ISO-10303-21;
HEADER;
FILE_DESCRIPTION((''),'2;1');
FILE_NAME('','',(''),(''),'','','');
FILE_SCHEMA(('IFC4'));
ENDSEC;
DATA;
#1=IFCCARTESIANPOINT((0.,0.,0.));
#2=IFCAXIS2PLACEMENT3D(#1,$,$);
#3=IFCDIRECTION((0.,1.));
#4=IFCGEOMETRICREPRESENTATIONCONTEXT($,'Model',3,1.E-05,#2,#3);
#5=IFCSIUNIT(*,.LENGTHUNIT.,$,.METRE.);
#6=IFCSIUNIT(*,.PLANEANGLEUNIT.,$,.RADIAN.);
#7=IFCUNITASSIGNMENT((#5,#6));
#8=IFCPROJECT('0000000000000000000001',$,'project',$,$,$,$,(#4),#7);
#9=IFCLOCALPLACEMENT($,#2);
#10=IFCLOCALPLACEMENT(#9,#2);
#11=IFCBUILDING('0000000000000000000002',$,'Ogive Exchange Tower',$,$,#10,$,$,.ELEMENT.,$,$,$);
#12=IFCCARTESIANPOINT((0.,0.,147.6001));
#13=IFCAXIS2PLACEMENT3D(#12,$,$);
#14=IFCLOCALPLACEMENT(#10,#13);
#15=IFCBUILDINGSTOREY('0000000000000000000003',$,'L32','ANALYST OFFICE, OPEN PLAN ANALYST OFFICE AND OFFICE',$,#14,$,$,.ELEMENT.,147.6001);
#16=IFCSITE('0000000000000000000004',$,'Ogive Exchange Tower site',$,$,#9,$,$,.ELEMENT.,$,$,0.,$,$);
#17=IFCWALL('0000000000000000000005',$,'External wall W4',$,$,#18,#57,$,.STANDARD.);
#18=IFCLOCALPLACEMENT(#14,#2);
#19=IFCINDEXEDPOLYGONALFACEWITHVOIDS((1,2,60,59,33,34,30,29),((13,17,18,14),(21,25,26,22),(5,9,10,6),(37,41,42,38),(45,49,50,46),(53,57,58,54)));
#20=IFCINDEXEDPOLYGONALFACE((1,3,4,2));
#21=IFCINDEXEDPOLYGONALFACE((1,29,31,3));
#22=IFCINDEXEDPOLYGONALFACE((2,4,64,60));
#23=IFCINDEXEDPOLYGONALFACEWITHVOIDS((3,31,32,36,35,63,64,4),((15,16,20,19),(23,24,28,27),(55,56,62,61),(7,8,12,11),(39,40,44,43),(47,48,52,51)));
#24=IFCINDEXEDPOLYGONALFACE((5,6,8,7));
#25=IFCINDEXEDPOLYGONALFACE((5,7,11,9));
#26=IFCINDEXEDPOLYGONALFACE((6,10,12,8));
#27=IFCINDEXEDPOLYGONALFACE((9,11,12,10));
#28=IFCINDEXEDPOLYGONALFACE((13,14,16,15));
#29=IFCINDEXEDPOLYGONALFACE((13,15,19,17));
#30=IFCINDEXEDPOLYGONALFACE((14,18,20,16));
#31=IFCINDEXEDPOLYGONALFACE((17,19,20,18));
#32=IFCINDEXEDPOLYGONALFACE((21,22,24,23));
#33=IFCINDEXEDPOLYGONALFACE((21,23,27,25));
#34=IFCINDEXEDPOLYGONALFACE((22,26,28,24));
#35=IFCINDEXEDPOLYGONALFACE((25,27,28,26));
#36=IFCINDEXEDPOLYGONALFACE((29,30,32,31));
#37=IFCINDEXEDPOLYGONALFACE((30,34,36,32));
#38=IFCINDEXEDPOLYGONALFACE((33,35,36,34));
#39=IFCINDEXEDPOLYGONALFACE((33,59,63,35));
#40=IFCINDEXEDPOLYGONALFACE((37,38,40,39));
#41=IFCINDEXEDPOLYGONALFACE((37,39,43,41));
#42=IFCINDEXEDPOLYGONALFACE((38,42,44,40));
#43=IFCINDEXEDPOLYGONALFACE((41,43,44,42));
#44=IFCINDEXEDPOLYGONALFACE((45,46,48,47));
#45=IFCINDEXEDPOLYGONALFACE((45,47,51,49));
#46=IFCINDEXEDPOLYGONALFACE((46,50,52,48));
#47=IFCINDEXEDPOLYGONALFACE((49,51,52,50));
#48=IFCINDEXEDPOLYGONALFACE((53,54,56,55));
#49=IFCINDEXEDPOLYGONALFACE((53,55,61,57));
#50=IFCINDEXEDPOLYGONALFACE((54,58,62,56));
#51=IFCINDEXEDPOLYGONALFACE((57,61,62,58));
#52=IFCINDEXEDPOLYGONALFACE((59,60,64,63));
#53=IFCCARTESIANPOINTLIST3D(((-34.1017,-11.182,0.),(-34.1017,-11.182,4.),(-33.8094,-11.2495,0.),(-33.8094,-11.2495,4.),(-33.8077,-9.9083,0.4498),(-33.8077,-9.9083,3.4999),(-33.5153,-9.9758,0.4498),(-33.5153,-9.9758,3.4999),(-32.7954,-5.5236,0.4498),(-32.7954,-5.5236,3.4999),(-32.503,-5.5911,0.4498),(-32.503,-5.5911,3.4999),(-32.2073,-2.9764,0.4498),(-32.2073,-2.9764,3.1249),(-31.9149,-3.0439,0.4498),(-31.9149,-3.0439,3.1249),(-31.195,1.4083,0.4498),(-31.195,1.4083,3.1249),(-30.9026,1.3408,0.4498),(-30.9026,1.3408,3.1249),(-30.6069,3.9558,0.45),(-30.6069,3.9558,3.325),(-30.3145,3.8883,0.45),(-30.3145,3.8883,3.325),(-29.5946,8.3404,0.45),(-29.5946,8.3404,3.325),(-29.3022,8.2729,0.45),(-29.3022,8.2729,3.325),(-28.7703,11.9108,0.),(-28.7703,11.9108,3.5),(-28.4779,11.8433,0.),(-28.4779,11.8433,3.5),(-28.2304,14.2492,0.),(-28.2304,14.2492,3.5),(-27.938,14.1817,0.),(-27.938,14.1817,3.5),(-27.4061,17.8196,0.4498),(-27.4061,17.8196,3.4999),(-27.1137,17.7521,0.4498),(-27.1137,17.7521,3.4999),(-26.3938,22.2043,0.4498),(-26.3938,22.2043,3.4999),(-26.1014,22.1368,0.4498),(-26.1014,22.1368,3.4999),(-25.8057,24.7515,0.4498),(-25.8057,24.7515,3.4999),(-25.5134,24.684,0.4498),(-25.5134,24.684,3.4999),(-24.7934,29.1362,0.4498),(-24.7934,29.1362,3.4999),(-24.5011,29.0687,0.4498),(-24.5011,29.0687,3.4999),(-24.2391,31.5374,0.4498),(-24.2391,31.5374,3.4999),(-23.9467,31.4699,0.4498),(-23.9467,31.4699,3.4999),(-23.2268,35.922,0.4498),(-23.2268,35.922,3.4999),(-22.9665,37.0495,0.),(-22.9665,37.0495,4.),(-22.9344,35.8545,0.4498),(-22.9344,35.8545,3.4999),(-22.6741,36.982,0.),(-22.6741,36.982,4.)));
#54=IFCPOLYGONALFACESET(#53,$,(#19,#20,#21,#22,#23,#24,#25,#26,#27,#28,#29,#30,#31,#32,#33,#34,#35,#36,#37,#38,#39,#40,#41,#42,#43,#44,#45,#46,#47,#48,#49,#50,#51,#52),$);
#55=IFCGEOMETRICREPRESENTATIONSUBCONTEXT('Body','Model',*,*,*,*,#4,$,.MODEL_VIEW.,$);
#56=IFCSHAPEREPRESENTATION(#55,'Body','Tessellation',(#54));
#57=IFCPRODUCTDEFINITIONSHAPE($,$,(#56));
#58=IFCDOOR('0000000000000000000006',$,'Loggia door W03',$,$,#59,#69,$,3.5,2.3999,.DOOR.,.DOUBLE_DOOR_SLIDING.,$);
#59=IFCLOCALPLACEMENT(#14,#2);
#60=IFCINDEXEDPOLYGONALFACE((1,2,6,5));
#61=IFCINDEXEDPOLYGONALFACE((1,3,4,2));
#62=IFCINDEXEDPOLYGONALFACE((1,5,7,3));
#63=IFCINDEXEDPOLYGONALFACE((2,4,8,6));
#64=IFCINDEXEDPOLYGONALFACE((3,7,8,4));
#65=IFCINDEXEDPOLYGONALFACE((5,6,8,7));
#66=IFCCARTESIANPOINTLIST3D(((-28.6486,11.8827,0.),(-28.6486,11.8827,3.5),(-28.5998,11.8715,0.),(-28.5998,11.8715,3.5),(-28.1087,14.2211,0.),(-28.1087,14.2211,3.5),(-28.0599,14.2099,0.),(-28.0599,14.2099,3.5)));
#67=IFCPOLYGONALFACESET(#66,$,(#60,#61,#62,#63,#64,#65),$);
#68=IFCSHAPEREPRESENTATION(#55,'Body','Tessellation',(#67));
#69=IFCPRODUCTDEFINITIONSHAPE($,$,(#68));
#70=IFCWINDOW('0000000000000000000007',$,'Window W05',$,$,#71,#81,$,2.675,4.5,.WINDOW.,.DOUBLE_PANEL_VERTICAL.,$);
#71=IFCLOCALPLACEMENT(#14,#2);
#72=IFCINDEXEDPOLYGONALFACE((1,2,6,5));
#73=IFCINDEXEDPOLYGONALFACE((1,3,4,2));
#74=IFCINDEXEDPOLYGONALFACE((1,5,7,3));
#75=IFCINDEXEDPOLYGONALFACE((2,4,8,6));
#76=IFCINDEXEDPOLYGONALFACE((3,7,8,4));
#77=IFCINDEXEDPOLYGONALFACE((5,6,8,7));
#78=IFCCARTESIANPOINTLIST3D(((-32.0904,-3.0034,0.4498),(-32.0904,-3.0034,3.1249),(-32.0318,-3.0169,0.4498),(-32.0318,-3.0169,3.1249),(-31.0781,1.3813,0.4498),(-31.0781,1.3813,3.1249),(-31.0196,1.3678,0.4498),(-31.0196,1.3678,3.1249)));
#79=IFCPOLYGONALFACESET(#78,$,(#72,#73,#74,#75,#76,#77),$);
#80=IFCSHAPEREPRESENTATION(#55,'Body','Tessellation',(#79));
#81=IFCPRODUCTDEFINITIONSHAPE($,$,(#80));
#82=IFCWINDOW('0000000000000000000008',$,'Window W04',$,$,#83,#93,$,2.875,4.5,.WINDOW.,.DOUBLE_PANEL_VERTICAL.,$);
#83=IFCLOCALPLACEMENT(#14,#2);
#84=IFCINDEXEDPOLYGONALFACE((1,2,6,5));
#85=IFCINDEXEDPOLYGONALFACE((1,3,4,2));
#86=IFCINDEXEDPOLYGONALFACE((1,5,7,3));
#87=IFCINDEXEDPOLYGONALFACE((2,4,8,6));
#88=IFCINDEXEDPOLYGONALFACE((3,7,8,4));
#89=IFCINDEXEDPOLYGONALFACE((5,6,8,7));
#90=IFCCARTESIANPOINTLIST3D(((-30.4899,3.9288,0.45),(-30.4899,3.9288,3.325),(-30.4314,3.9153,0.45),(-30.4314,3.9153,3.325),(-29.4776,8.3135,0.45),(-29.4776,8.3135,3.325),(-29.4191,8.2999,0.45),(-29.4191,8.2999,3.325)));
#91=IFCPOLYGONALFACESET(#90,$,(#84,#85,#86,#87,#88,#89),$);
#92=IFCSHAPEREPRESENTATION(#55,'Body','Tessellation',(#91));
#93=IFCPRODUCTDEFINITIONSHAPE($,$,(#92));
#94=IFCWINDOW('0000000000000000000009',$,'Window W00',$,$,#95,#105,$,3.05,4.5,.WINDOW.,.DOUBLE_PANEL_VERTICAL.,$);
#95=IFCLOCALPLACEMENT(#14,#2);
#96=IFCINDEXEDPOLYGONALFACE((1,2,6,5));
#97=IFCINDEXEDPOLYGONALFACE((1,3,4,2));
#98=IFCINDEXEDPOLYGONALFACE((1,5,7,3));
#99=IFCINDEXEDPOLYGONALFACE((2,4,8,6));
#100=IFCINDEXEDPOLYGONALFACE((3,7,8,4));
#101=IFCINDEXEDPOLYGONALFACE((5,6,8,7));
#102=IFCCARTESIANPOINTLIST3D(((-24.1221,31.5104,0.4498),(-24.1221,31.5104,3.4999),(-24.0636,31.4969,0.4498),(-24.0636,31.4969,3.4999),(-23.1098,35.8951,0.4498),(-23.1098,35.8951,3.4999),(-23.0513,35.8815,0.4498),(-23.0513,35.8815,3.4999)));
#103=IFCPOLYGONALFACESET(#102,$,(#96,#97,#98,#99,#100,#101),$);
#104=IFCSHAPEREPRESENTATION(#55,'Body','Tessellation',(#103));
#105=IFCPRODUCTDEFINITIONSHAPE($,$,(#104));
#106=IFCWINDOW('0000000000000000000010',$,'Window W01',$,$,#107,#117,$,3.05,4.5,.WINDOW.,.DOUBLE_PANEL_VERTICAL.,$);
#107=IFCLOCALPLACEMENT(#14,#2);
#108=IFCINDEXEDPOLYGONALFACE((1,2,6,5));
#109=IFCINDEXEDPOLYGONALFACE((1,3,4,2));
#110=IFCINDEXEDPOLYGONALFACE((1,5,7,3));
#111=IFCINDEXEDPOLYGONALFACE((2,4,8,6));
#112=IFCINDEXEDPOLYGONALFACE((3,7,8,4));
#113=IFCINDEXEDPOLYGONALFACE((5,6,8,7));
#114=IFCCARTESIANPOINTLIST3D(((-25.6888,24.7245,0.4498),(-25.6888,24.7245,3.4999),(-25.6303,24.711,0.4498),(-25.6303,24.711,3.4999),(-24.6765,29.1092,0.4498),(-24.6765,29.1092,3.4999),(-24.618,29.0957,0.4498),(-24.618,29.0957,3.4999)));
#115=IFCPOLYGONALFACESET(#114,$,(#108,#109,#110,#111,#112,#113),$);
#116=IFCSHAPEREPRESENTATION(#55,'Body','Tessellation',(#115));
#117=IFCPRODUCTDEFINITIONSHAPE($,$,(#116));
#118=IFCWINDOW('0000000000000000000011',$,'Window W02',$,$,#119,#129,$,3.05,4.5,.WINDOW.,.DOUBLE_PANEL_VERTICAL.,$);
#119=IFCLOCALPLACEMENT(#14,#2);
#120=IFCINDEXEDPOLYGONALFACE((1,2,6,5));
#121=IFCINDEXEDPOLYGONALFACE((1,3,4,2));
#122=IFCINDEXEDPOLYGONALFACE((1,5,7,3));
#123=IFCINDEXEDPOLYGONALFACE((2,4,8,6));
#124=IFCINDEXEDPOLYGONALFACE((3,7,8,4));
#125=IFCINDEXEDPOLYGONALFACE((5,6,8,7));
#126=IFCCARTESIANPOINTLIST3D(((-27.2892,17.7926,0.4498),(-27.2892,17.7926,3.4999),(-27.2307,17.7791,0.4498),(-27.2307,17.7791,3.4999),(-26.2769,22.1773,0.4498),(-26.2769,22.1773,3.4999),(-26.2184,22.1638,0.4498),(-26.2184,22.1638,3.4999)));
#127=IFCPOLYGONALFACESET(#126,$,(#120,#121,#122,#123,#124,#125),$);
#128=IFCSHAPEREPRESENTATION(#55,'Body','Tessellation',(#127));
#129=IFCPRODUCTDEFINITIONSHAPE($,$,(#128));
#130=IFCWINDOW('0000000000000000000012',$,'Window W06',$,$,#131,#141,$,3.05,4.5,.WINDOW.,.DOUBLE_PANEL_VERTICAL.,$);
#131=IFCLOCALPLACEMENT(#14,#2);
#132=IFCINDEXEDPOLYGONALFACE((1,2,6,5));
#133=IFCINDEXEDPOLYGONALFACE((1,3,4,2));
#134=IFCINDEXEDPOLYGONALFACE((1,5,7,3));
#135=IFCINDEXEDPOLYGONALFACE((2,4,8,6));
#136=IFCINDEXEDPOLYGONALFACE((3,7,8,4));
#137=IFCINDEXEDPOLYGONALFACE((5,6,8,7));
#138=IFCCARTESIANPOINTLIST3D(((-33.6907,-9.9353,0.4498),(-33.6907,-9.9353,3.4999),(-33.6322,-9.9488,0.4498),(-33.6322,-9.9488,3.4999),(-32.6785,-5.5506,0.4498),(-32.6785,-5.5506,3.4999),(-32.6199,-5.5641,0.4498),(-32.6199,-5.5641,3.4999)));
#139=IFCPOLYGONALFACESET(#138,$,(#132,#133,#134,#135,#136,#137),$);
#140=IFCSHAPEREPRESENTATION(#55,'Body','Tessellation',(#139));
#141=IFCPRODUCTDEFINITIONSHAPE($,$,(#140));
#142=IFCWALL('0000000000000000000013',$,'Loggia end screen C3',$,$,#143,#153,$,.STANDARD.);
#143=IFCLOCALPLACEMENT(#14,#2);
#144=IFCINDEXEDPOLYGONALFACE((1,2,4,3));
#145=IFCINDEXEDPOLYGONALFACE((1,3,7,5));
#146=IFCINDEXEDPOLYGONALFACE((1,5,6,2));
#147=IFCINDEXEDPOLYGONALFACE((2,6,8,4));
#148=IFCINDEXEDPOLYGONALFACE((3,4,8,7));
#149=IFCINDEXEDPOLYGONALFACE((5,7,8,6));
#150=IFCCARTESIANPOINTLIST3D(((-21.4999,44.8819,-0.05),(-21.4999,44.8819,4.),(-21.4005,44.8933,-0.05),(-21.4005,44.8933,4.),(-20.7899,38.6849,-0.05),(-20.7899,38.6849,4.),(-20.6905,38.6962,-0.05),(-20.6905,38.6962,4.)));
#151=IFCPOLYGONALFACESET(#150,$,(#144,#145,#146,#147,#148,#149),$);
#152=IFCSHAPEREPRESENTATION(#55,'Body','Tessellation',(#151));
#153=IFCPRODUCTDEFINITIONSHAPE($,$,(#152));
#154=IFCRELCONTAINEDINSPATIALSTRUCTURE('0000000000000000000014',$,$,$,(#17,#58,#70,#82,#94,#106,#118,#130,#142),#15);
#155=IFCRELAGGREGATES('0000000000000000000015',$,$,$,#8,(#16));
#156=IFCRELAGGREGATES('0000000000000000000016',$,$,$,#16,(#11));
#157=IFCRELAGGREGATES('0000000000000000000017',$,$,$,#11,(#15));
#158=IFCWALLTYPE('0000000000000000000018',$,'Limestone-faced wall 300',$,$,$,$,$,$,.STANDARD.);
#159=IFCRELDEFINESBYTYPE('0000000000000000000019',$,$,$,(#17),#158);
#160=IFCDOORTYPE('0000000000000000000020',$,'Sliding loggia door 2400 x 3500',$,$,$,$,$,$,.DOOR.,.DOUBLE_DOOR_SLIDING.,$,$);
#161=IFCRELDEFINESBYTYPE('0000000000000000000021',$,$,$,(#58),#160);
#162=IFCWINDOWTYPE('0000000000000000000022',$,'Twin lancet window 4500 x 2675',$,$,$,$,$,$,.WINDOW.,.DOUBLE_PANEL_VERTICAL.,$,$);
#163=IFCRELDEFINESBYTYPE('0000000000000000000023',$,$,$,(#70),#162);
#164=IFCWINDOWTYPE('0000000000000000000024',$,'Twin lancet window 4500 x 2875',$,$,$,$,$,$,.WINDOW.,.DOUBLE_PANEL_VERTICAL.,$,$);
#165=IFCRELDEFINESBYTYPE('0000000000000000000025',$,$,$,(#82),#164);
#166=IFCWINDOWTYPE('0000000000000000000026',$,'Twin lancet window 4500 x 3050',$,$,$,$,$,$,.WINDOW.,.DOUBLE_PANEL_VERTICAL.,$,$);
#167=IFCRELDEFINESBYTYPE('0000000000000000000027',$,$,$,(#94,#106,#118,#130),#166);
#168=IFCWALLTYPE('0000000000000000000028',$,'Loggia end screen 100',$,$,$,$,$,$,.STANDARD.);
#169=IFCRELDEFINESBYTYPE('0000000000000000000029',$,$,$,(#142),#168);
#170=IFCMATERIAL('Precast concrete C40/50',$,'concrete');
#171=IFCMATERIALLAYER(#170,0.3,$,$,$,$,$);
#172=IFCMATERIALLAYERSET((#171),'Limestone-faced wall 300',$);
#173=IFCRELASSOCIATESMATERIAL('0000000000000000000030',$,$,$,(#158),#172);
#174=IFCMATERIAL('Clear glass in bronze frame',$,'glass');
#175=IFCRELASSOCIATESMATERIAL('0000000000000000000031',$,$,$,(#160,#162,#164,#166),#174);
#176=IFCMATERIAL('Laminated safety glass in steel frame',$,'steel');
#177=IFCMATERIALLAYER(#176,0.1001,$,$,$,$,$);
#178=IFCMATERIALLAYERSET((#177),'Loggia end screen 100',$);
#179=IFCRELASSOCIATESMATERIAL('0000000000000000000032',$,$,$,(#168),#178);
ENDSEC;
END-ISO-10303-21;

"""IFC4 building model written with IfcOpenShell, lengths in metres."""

from ifc_helpers import new_model, si_unit, direction, frame, frame_2d, origin, place, context, subcontext, project, spatial, rectangle, extrude, material, layer, layer_set, type_object, element, fill, save


model = new_model("IFC4")

# Units and contexts
model_context = context("Model", 3, precision=1e-05, world=origin(), true_north=direction((0.0, 1.0)))
body_context = subcontext(model_context, "Body", "Model", "MODEL_VIEW")
ifc_project = project(units=[si_unit("LENGTHUNIT", "METRE"), si_unit("PLANEANGLEUNIT", "RADIAN")], contexts=[model_context])

# Site, building, storey
site_placement = place(None, origin())
site = spatial("IfcSite", under=ifc_project, at=site_placement, Name="Ogive Exchange Tower site", CompositionType="ELEMENT", RefElevation=0.0)
building_placement = place(site_placement, origin())
building = spatial("IfcBuilding", under=site, at=building_placement, Name="Ogive Exchange Tower", CompositionType="ELEMENT")
storey_placement = place(building_placement, frame((0.0, 0.0, 147.6001)))
storey = spatial("IfcBuildingStorey", under=building, at=storey_placement, Name="L32", Description="ANALYST OFFICE, OPEN PLAN ANALYST OFFICE AND OFFICE", CompositionType="ELEMENT", Elevation=147.6001)

# Wall, openings, door, windows
ifc_material_1 = material(Name="Precast concrete C40/50", Category="concrete")
ifc_layer_1 = layer(ifc_material_1, 0.3)
ifc_layer_set_1 = layer_set([ifc_layer_1], Name="Limestone-faced wall 300")
wall_type_1 = type_object("IfcWallType", Name="Limestone-faced wall 300", PredefinedType="STANDARD", material=ifc_layer_set_1)
wall_1_placement = place(storey_placement, frame((-22.8203, 37.0156, 0.0), z_axis=(0.0, 0.0, 1.0), x_axis=(-0.224954, -0.974369, 0.0)))
wall_1 = element("IfcWall", 1, at=wall_1_placement, inside=storey, type_object=wall_type_1, Name="External wall W4", PredefinedType="STANDARD", context=body_context, shape_type="SweptSolid", body=[
    extrude(rectangle(XDim=49.5002, YDim=0.3, at=frame_2d((24.75, 0.0))), origin(), (0.0, 0.0, 1.0), 4.0),
])
opening_1_placement = place(wall_1_placement, frame((1.157, 0.0, 0.45)))
opening_1 = element("IfcOpeningElement", 2, at=opening_1_placement, cuts=wall_1, PredefinedType="OPENING", context=body_context, shape_type="SweptSolid", body=[
    extrude(rectangle(XDim=4.5, YDim=3.05, at=frame_2d((2.25, 1.5249))), frame((0.0, 0.1599, 0.0), z_axis=(0.0, -1.0, 0.0), x_axis=(1.0, 0.0, 0.0)), (0.0, 0.0, 1.0), 0.3201),
])
opening_2_placement = place(wall_1_placement, frame((8.1213, 0.0, 0.45)))
opening_2 = element("IfcOpeningElement", 3, at=opening_2_placement, cuts=wall_1, PredefinedType="OPENING", context=body_context, shape_type="SweptSolid", body=[
    extrude(rectangle(XDim=4.5, YDim=3.05, at=frame_2d((2.25, 1.5249))), frame((0.0, 0.1599, 0.0), z_axis=(0.0, -1.0, 0.0), x_axis=(1.0, 0.0, 0.0)), (0.0, 0.0, 1.0), 0.3201),
])
opening_3_placement = place(wall_1_placement, frame((15.2356, 0.0, 0.45)))
opening_3 = element("IfcOpeningElement", 4, at=opening_3_placement, cuts=wall_1, PredefinedType="OPENING", context=body_context, shape_type="SweptSolid", body=[
    extrude(rectangle(XDim=4.5, YDim=3.05, at=frame_2d((2.25, 1.5249))), frame((0.0, 0.1599, 0.0), z_axis=(0.0, -1.0, 0.0), x_axis=(1.0, 0.0, 0.0)), (0.0, 0.0, 1.0), 0.3201),
])
opening_4_placement = place(wall_1_placement, frame((23.3999, 0.0, 0.0)))
opening_4 = element("IfcOpeningElement", 5, at=opening_4_placement, cuts=wall_1, PredefinedType="OPENING", context=body_context, shape_type="SweptSolid", body=[
    extrude(rectangle(XDim=2.3999, YDim=3.5, at=frame_2d((1.2, 1.75))), frame((0.0, 0.1599, 0.0), z_axis=(0.0, -1.0, 0.0), x_axis=(1.0, 0.0, 0.0)), (0.0, 0.0, 1.0), 0.3201),
])
opening_5_placement = place(wall_1_placement, frame((29.4641, 0.0, 0.45)))
opening_5 = element("IfcOpeningElement", 6, at=opening_5_placement, cuts=wall_1, PredefinedType="OPENING", context=body_context, shape_type="SweptSolid", body=[
    extrude(rectangle(XDim=4.5, YDim=2.875, at=frame_2d((2.25, 1.4375))), frame((0.0, 0.1599, 0.0), z_axis=(0.0, -1.0, 0.0), x_axis=(1.0, 0.0, 0.0)), (0.0, 0.0, 1.0), 0.3201),
])
opening_6_placement = place(wall_1_placement, frame((36.5786, 0.0, 0.45)))
opening_6 = element("IfcOpeningElement", 7, at=opening_6_placement, cuts=wall_1, PredefinedType="OPENING", context=body_context, shape_type="SweptSolid", body=[
    extrude(rectangle(XDim=4.5, YDim=2.675, at=frame_2d((2.25, 1.3374))), frame((0.0, 0.1599, 0.0), z_axis=(0.0, -1.0, 0.0), x_axis=(1.0, 0.0, 0.0)), (0.0, 0.0, 1.0), 0.3201),
])
opening_7_placement = place(wall_1_placement, frame((43.6929, 0.0, 0.45)))
opening_7 = element("IfcOpeningElement", 8, at=opening_7_placement, cuts=wall_1, PredefinedType="OPENING", context=body_context, shape_type="SweptSolid", body=[
    extrude(rectangle(XDim=4.5, YDim=3.05, at=frame_2d((2.25, 1.5249))), frame((0.0, 0.1599, 0.0), z_axis=(0.0, -1.0, 0.0), x_axis=(1.0, 0.0, 0.0)), (0.0, 0.0, 1.0), 0.3201),
])
ifc_material_2 = material(Name="Clear glass in bronze frame", Category="glass")
door_type_1 = type_object("IfcDoorType", Name="Sliding loggia door 2400 x 3500", OperationType="DOUBLE_DOOR_SLIDING", PredefinedType="DOOR", material=ifc_material_2)
door_1_placement = place(opening_4_placement, origin())
door_1 = element("IfcDoor", 9, at=door_1_placement, inside=storey, type_object=door_type_1, Name="Loggia door W03", OperationType="DOUBLE_DOOR_SLIDING", OverallHeight=3.5, OverallWidth=2.3999, PredefinedType="DOOR", context=body_context, shape_type="SweptSolid", body=[
    extrude(rectangle(XDim=2.3999, YDim=3.5, at=frame_2d((1.2, 1.75))), frame((0.0, 0.0249, 0.0), z_axis=(0.0, -1.0, 0.0), x_axis=(1.0, 0.0, 0.0)), (0.0, 0.0, 1.0), 0.05),
])
fill(opening_4, door_1)
window_type_1 = type_object("IfcWindowType", Name="Twin lancet window 4500 x 2675", PartitioningType="DOUBLE_PANEL_VERTICAL", PredefinedType="WINDOW", material=ifc_material_2)
window_1_placement = place(opening_6_placement, origin())
window_1 = element("IfcWindow", 10, at=window_1_placement, inside=storey, type_object=window_type_1, Name="Window W05", OverallHeight=2.675, OverallWidth=4.5, PartitioningType="DOUBLE_PANEL_VERTICAL", PredefinedType="WINDOW", context=body_context, shape_type="SweptSolid", body=[
    extrude(rectangle(XDim=4.5, YDim=2.675, at=frame_2d((2.25, 1.3374))), frame((0.0, 0.03, 0.0), z_axis=(0.0, -1.0, 0.0), x_axis=(1.0, 0.0, 0.0)), (0.0, 0.0, 1.0), 0.0601),
])
fill(opening_6, window_1)
window_type_2 = type_object("IfcWindowType", Name="Twin lancet window 4500 x 2875", PartitioningType="DOUBLE_PANEL_VERTICAL", PredefinedType="WINDOW", material=ifc_material_2)
window_2_placement = place(opening_5_placement, origin())
window_2 = element("IfcWindow", 11, at=window_2_placement, inside=storey, type_object=window_type_2, Name="Window W04", OverallHeight=2.875, OverallWidth=4.5, PartitioningType="DOUBLE_PANEL_VERTICAL", PredefinedType="WINDOW", context=body_context, shape_type="SweptSolid", body=[
    extrude(rectangle(XDim=4.5, YDim=2.875, at=frame_2d((2.25, 1.4375))), frame((0.0, 0.03, 0.0), z_axis=(0.0, -1.0, 0.0), x_axis=(1.0, 0.0, 0.0)), (0.0, 0.0, 1.0), 0.0601),
])
fill(opening_5, window_2)
window_type_3 = type_object("IfcWindowType", Name="Twin lancet window 4500 x 3050", PartitioningType="DOUBLE_PANEL_VERTICAL", PredefinedType="WINDOW", material=ifc_material_2)
window_3_placement = place(opening_1_placement, origin())
window_3 = element("IfcWindow", 12, at=window_3_placement, inside=storey, type_object=window_type_3, Name="Window W00", OverallHeight=3.05, OverallWidth=4.5, PartitioningType="DOUBLE_PANEL_VERTICAL", PredefinedType="WINDOW", context=body_context, shape_type="SweptSolid", body=[
    extrude(rectangle(XDim=4.5, YDim=3.05, at=frame_2d((2.25, 1.5249))), frame((0.0, 0.03, 0.0), z_axis=(0.0, -1.0, 0.0), x_axis=(1.0, 0.0, 0.0)), (0.0, 0.0, 1.0), 0.0601),
])
fill(opening_1, window_3)
window_4_placement = place(opening_2_placement, origin())
window_4 = element("IfcWindow", 13, at=window_4_placement, inside=storey, type_object=window_type_3, Name="Window W01", OverallHeight=3.05, OverallWidth=4.5, PartitioningType="DOUBLE_PANEL_VERTICAL", PredefinedType="WINDOW", context=body_context, shape_type="SweptSolid", body=[
    extrude(rectangle(XDim=4.5, YDim=3.05, at=frame_2d((2.25, 1.5249))), frame((0.0, 0.03, 0.0), z_axis=(0.0, -1.0, 0.0), x_axis=(1.0, 0.0, 0.0)), (0.0, 0.0, 1.0), 0.0601),
])
fill(opening_2, window_4)
window_5_placement = place(opening_3_placement, origin())
window_5 = element("IfcWindow", 14, at=window_5_placement, inside=storey, type_object=window_type_3, Name="Window W02", OverallHeight=3.05, OverallWidth=4.5, PartitioningType="DOUBLE_PANEL_VERTICAL", PredefinedType="WINDOW", context=body_context, shape_type="SweptSolid", body=[
    extrude(rectangle(XDim=4.5, YDim=3.05, at=frame_2d((2.25, 1.5249))), frame((0.0, 0.03, 0.0), z_axis=(0.0, -1.0, 0.0), x_axis=(1.0, 0.0, 0.0)), (0.0, 0.0, 1.0), 0.0601),
])
fill(opening_3, window_5)
window_6_placement = place(opening_7_placement, origin())
window_6 = element("IfcWindow", 15, at=window_6_placement, inside=storey, type_object=window_type_3, Name="Window W06", OverallHeight=3.05, OverallWidth=4.5, PartitioningType="DOUBLE_PANEL_VERTICAL", PredefinedType="WINDOW", context=body_context, shape_type="SweptSolid", body=[
    extrude(rectangle(XDim=4.5, YDim=3.05, at=frame_2d((2.25, 1.5249))), frame((0.0, 0.03, 0.0), z_axis=(0.0, -1.0, 0.0), x_axis=(1.0, 0.0, 0.0)), (0.0, 0.0, 1.0), 0.0601),
])
fill(opening_7, window_6)

# Wall
ifc_material_3 = material(Name="Laminated safety glass in steel frame", Category="steel")
ifc_layer_2 = layer(ifc_material_3, 0.1001)
ifc_layer_set_2 = layer_set([ifc_layer_2], Name="Loggia end screen 100")
wall_type_2 = type_object("IfcWallType", Name="Loggia end screen 100", PredefinedType="STANDARD", material=ifc_layer_set_2)
wall_2_placement = place(storey_placement, frame((-20.7402, 38.6907, -0.05), z_axis=(0.0, 0.0, 1.0), x_axis=(-0.11382, 0.993501, 0.0)))
element("IfcWall", 16, at=wall_2_placement, inside=storey, type_object=wall_type_2, Name="Loggia end screen C3", PredefinedType="STANDARD", context=body_context, shape_type="SweptSolid", body=[
    extrude(rectangle(XDim=6.2375, YDim=0.1001, at=frame_2d((3.1187, 0.0))), origin(), (0.0, 0.0, 1.0), 4.05),
])

save(model, "model.ifc")
